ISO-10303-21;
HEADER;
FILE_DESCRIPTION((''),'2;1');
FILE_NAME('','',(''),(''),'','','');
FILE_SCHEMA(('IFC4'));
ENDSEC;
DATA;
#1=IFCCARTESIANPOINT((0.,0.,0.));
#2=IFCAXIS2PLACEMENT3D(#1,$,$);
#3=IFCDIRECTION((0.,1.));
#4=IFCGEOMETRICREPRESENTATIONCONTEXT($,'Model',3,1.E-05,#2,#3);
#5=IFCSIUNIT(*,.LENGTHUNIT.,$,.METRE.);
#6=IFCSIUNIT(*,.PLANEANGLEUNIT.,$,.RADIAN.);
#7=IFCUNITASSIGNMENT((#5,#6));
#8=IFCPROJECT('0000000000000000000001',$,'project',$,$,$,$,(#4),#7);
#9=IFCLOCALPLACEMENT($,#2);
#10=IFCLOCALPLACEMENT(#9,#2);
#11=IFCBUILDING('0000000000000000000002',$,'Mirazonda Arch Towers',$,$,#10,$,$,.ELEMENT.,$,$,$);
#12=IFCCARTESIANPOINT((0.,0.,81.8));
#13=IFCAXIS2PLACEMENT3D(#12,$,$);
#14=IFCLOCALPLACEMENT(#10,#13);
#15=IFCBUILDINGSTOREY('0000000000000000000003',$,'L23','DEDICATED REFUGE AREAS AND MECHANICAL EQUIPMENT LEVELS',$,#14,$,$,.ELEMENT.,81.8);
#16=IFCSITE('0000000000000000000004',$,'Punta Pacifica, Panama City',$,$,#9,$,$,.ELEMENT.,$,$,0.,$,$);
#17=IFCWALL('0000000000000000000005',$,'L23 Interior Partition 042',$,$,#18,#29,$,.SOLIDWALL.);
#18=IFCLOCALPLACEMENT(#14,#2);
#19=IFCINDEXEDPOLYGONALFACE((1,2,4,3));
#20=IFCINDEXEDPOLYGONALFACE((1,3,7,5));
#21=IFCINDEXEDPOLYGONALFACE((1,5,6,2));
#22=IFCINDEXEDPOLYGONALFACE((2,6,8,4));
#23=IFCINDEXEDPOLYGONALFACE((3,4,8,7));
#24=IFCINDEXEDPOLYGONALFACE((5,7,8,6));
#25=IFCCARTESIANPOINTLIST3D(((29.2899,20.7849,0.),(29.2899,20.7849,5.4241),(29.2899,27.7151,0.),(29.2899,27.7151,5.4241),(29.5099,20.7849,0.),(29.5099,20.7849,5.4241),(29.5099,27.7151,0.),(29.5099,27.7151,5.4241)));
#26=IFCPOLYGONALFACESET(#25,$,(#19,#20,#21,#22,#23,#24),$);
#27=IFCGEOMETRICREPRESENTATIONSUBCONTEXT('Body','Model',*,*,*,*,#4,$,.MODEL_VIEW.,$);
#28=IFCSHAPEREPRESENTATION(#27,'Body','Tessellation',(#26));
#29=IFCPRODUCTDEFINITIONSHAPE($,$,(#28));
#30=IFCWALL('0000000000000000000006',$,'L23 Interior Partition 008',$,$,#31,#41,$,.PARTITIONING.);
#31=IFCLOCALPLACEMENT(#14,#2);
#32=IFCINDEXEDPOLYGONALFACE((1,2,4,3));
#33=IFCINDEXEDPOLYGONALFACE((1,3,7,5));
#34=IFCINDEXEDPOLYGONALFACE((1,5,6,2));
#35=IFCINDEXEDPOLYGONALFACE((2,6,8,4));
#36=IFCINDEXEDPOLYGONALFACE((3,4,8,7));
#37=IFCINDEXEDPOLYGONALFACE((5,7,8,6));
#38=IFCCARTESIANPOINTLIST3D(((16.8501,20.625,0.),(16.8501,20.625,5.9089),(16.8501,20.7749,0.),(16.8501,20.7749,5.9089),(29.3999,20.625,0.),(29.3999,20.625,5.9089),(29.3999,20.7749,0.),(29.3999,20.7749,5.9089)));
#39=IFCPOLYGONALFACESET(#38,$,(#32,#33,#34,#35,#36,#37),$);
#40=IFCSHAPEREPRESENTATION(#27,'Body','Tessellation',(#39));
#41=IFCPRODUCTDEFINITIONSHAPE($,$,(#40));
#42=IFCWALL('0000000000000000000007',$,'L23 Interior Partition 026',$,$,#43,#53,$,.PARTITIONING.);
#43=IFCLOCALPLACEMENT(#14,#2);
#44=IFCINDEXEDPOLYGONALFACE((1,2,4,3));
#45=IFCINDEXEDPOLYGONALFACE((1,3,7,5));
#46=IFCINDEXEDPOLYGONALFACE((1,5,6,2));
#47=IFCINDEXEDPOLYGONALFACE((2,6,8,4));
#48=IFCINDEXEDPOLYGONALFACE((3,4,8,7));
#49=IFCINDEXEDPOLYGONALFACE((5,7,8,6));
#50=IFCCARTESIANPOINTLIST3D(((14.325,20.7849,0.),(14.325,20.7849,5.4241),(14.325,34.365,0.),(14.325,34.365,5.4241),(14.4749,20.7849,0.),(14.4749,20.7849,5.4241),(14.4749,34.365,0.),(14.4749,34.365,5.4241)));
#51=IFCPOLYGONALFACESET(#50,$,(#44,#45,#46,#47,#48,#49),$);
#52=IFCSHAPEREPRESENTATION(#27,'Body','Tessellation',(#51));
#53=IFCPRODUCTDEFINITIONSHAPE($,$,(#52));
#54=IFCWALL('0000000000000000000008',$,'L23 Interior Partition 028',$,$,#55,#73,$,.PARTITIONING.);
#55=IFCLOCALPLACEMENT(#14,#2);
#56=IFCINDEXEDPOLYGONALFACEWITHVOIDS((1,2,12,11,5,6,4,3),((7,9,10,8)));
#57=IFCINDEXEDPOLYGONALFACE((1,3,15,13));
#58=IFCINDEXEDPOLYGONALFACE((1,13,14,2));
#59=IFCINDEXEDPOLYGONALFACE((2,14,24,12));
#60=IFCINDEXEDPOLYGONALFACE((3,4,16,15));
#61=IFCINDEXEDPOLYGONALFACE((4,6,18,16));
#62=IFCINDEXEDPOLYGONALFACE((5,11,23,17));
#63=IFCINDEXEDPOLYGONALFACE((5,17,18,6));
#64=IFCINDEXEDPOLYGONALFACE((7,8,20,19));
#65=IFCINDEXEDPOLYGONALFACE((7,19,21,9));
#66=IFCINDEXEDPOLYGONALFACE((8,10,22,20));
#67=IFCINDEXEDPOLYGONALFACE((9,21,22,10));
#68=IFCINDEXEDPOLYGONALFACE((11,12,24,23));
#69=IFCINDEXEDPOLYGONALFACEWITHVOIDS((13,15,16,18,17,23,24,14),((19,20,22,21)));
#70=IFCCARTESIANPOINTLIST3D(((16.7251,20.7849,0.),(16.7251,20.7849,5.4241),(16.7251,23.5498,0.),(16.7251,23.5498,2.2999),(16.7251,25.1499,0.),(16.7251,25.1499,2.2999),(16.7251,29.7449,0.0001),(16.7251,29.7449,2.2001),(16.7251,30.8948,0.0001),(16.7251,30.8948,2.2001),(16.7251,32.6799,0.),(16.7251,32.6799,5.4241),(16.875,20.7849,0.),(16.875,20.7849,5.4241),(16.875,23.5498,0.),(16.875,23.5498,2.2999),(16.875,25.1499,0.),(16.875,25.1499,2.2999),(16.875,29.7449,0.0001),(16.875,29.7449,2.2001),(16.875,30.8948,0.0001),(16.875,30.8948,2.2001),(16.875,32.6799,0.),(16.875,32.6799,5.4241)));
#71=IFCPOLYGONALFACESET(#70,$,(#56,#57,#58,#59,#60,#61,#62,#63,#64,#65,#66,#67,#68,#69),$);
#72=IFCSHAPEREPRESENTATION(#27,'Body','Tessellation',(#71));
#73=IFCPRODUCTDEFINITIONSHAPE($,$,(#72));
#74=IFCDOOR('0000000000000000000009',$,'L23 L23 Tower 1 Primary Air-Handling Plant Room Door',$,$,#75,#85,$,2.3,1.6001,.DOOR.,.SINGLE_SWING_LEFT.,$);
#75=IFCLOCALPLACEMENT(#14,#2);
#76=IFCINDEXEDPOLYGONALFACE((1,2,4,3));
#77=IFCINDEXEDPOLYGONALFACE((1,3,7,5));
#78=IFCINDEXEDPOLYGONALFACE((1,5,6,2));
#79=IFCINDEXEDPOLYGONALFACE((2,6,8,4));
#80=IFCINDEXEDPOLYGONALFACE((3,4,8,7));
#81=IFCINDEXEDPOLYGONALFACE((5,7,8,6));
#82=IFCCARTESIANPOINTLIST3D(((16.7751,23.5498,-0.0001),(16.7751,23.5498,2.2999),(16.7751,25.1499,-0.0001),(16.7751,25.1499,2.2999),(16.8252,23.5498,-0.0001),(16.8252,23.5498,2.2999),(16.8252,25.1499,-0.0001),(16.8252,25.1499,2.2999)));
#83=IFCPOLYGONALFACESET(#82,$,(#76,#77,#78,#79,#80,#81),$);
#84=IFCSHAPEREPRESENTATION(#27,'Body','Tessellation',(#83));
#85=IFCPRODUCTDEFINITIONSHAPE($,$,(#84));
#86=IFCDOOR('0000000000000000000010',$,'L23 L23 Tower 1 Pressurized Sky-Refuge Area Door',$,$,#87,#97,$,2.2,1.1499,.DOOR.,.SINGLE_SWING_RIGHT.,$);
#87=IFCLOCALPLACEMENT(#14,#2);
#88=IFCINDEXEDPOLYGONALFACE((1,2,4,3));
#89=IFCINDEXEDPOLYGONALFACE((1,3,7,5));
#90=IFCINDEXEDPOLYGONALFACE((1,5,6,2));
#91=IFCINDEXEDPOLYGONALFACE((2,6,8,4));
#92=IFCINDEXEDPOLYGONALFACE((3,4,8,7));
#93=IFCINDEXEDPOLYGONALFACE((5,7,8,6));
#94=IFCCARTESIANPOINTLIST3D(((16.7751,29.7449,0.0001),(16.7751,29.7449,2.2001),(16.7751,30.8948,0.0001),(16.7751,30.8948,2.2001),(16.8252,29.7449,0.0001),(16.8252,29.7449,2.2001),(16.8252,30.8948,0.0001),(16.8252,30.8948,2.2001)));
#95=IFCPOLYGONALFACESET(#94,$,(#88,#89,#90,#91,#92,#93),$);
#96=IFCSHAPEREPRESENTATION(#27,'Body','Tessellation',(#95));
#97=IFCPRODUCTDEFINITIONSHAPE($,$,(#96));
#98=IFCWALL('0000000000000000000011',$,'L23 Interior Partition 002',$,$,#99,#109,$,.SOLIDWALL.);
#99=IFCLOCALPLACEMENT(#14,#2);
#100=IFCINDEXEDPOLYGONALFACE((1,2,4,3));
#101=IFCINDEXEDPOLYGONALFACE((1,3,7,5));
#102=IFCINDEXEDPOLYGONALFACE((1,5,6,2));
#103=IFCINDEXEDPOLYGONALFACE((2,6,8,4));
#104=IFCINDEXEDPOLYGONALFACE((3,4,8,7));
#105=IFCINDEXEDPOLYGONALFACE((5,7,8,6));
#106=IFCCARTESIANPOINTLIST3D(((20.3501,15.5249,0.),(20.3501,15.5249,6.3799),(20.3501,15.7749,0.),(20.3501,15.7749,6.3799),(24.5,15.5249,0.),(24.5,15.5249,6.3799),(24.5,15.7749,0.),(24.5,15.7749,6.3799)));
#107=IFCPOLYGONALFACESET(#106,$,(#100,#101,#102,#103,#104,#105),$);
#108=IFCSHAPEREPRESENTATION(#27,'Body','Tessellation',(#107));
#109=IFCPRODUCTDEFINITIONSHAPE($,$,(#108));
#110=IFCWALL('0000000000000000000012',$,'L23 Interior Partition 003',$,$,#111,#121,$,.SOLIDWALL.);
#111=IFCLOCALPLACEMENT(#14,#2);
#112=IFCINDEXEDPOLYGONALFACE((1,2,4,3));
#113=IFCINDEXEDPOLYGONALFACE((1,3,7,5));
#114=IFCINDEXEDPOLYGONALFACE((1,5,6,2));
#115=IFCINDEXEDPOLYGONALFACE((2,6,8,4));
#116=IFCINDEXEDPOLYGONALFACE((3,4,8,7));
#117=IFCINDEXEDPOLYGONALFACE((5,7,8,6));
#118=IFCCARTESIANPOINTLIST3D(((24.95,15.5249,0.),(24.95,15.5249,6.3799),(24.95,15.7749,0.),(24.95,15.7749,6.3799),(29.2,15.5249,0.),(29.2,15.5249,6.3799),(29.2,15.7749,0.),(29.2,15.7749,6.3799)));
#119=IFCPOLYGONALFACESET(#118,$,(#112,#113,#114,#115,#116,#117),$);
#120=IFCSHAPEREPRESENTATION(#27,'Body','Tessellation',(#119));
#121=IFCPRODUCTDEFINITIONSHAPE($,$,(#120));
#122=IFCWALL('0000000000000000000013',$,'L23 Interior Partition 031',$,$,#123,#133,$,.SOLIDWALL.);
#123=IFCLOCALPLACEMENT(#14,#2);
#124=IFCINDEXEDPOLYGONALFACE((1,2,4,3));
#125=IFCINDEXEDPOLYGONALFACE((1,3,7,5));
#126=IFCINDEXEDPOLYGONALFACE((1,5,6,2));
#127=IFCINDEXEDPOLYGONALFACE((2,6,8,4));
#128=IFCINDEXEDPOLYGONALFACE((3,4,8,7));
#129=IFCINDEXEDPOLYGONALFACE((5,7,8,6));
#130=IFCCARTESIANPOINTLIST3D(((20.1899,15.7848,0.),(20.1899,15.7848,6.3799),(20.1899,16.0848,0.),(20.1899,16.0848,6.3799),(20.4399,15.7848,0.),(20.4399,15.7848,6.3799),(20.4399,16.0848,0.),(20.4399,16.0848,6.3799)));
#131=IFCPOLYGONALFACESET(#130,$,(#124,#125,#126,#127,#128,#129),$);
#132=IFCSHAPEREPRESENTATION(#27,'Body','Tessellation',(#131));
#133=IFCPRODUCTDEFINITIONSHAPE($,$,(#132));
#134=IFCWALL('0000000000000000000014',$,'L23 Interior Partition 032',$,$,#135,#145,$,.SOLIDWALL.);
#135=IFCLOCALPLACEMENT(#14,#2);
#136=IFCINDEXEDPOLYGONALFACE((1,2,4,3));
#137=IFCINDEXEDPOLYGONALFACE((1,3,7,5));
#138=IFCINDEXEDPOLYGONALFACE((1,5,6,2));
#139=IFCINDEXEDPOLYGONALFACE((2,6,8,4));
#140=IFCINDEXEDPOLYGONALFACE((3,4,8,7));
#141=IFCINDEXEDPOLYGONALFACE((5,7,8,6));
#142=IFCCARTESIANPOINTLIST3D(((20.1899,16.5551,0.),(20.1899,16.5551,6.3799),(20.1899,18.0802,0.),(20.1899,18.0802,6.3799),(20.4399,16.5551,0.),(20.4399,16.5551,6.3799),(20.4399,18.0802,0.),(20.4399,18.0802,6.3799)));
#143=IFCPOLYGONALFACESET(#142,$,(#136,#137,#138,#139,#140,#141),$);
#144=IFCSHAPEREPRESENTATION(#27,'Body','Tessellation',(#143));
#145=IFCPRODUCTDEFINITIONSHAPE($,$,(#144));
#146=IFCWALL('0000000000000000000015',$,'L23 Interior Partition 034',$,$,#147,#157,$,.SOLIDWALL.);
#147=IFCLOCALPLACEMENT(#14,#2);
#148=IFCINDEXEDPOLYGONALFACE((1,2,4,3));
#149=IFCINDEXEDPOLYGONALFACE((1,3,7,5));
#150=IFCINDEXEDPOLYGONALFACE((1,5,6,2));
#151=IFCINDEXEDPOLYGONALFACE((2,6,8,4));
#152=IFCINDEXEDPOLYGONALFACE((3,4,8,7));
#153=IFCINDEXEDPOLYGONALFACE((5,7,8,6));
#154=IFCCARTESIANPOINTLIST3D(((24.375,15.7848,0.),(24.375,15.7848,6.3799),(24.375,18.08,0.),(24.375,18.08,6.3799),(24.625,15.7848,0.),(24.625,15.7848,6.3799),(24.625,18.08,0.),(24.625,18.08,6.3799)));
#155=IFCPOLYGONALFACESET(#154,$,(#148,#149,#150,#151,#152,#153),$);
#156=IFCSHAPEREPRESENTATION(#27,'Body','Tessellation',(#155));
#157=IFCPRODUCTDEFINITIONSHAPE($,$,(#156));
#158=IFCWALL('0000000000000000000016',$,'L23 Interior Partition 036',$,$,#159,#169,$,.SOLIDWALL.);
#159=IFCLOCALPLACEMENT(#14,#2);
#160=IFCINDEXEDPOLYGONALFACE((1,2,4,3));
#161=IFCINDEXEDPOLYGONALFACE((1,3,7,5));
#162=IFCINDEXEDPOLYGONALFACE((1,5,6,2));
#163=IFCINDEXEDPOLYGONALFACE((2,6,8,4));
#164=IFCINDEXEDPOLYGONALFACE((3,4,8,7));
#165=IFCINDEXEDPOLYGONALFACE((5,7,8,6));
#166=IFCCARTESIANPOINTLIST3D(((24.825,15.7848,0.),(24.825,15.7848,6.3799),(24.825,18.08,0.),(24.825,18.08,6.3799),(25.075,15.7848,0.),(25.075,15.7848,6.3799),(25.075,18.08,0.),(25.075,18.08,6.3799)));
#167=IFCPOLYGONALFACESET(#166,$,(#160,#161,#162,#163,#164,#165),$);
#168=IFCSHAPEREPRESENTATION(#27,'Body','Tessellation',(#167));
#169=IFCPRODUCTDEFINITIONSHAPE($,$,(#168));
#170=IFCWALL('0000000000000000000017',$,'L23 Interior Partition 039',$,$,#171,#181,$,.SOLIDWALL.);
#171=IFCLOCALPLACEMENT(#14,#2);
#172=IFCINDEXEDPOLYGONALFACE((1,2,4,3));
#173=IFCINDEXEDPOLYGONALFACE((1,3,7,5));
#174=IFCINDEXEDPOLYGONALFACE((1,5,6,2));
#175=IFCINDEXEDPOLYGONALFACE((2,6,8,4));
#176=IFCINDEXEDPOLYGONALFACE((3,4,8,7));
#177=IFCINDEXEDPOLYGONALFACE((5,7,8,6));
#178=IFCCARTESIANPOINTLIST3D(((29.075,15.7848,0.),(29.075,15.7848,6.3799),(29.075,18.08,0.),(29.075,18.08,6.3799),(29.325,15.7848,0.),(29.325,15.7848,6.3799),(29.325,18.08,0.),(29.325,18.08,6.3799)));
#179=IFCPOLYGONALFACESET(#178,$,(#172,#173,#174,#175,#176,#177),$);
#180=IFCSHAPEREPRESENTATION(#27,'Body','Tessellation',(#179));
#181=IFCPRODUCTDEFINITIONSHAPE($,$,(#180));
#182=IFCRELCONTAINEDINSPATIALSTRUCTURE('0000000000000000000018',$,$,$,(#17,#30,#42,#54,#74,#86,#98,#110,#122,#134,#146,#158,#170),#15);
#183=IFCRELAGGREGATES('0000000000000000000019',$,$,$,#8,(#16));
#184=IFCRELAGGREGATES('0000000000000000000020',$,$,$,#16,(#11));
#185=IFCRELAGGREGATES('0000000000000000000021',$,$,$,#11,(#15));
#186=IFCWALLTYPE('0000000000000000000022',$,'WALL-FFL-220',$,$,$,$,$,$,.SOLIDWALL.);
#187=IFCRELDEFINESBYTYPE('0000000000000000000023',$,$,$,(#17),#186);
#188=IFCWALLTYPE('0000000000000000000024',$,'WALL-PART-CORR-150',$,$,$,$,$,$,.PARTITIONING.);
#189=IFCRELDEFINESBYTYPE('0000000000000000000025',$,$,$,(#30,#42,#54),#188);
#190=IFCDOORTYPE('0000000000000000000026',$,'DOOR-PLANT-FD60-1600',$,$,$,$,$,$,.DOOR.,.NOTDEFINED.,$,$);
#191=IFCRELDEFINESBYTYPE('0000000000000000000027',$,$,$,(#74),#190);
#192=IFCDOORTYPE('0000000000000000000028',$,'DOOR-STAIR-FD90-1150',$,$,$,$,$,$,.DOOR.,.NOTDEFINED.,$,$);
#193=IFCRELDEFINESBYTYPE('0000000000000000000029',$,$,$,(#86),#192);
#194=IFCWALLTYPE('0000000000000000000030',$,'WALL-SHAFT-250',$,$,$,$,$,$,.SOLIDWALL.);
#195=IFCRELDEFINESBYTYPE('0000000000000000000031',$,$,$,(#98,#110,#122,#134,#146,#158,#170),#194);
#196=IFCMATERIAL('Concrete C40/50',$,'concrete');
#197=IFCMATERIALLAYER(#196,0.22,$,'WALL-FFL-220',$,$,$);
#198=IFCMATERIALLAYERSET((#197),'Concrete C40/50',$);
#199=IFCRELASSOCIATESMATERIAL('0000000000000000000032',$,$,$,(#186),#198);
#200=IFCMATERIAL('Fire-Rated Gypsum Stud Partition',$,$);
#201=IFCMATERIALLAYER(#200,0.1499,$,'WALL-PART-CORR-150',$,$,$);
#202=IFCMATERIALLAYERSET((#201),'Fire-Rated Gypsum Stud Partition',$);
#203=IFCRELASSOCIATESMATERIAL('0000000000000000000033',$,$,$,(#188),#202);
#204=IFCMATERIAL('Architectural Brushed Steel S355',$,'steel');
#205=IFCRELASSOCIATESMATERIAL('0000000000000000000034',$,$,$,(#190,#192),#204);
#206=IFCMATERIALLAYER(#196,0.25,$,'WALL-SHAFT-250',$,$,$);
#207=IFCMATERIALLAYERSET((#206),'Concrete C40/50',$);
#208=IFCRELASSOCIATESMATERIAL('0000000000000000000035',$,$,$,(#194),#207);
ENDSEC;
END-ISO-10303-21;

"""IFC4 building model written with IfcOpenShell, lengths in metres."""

from ifc_helpers import new_model, si_unit, direction, frame, frame_2d, origin, place, context, subcontext, project, spatial, rectangle, extrude, material, layer, layer_set, type_object, element, fill, save


model = new_model("IFC4")

# Units and contexts
model_context = context("Model", 3, precision=1e-05, world=origin(), true_north=direction((0.0, 1.0)))
body_context = subcontext(model_context, "Body", "Model", "MODEL_VIEW")
ifc_project = project(units=[si_unit("LENGTHUNIT", "METRE"), si_unit("PLANEANGLEUNIT", "RADIAN")], contexts=[model_context])

# Site, building, storey
site_placement = place(None, origin())
site = spatial("IfcSite", under=ifc_project, at=site_placement, Name="Punta Pacifica, Panama City", CompositionType="ELEMENT", RefElevation=0.0)
building_placement = place(site_placement, origin())
building = spatial("IfcBuilding", under=site, at=building_placement, Name="Mirazonda Arch Towers", CompositionType="ELEMENT")
storey_placement = place(building_placement, frame((0.0, 0.0, 81.8)))
storey = spatial("IfcBuildingStorey", under=building, at=storey_placement, Name="L23", Description="DEDICATED REFUGE AREAS AND MECHANICAL EQUIPMENT LEVELS", CompositionType="ELEMENT", Elevation=81.8)

# Walls
ifc_material_1 = material(Name="Concrete C40/50", Category="concrete")
ifc_layer_1 = layer(ifc_material_1, 0.22, Name="WALL-FFL-220")
ifc_layer_set_1 = layer_set([ifc_layer_1], Name="Concrete C40/50")
wall_type_1 = type_object("IfcWallType", Name="WALL-FFL-220", PredefinedType="SOLIDWALL", material=ifc_layer_set_1)
wall_1_placement = place(storey_placement, frame((29.3999, 20.7849, 0.0), z_axis=(0.0, 0.0, 1.0), x_axis=(0.0, 1.0, 0.0)))
element("IfcWall", 1, at=wall_1_placement, inside=storey, type_object=wall_type_1, Name="L23 Interior Partition 042", PredefinedType="SOLIDWALL", context=body_context, shape_type="SweptSolid", body=[
    extrude(rectangle(XDim=6.9302, YDim=0.22, at=frame_2d((3.4651, 0.0))), origin(), (0.0, 0.0, 1.0), 5.4241),
])
ifc_material_2 = material(Name="Fire-Rated Gypsum Stud Partition")
ifc_layer_2 = layer(ifc_material_2, 0.1499, Name="WALL-PART-CORR-150")
ifc_layer_set_2 = layer_set([ifc_layer_2], Name="Fire-Rated Gypsum Stud Partition")
wall_type_2 = type_object("IfcWallType", Name="WALL-PART-CORR-150", PredefinedType="PARTITIONING", material=ifc_layer_set_2)
wall_2_placement = place(storey_placement, frame((16.8501, 20.7, 0.0), z_axis=(0.0, 0.0, 1.0), x_axis=(1.0, 0.0, 0.0)))
element("IfcWall", 2, at=wall_2_placement, inside=storey, type_object=wall_type_2, Name="L23 Interior Partition 008", PredefinedType="PARTITIONING", context=body_context, shape_type="SweptSolid", body=[
    extrude(rectangle(XDim=12.5498, YDim=0.1499, at=frame_2d((6.2749, 0.0))), origin(), (0.0, 0.0, 1.0), 5.9089),
])
wall_3_placement = place(storey_placement, frame((14.3999, 20.7849, 0.0), z_axis=(0.0, 0.0, 1.0), x_axis=(0.0, 1.0, 0.0)))
element("IfcWall", 3, at=wall_3_placement, inside=storey, type_object=wall_type_2, Name="L23 Interior Partition 026", PredefinedType="PARTITIONING", context=body_context, shape_type="SweptSolid", body=[
    extrude(rectangle(XDim=13.5801, YDim=0.1499, at=frame_2d((6.79, 0.0))), origin(), (0.0, 0.0, 1.0), 5.4241),
])

# Wall, openings, doors
wall_4_placement = place(storey_placement, frame((16.8, 20.7849, 0.0), z_axis=(0.0, 0.0, 1.0), x_axis=(0.0, 1.0, 0.0)))
wall_4 = element("IfcWall", 4, at=wall_4_placement, inside=storey, type_object=wall_type_2, Name="L23 Interior Partition 028", PredefinedType="PARTITIONING", context=body_context, shape_type="SweptSolid", body=[
    extrude(rectangle(XDim=11.895, YDim=0.1499, at=frame_2d((5.9475, 0.0))), origin(), (0.0, 0.0, 1.0), 5.4241),
])
opening_1_placement = place(wall_4_placement, frame((8.96, 0.0, 0.0)))
opening_1 = element("IfcOpeningElement", 5, at=opening_1_placement, cuts=wall_4, PredefinedType="OPENING", context=body_context, shape_type="SweptSolid", body=[
    extrude(rectangle(XDim=1.1499, YDim=2.2, at=frame_2d((0.575, 1.1001))), frame((0.0, 0.085, 0.0), z_axis=(0.0, -1.0, 0.0), x_axis=(1.0, 0.0, 0.0)), (0.0, 0.0, 1.0), 0.1699),
])
opening_2_placement = place(wall_4_placement, frame((2.7649, 0.0, 0.0)))
opening_2 = element("IfcOpeningElement", 6, at=opening_2_placement, cuts=wall_4, PredefinedType="OPENING", context=body_context, shape_type="SweptSolid", body=[
    extrude(rectangle(XDim=1.6001, YDim=2.3, at=frame_2d((0.8, 1.1499))), frame((0.0, 0.085, 0.0), z_axis=(0.0, -1.0, 0.0), x_axis=(1.0, 0.0, 0.0)), (0.0, 0.0, 1.0), 0.1699),
])
ifc_material_3 = material(Name="Architectural Brushed Steel S355", Category="steel")
door_type_1 = type_object("IfcDoorType", Name="DOOR-PLANT-FD60-1600", OperationType="NOTDEFINED", PredefinedType="DOOR", material=ifc_material_3)
door_1_placement = place(opening_2_placement, origin())
door_1 = element("IfcDoor", 7, at=door_1_placement, inside=storey, type_object=door_type_1, Name="L23 L23 Tower 1 Primary Air-Handling Plant Room Door", OperationType="SINGLE_SWING_LEFT", OverallHeight=2.3, OverallWidth=1.6001, PredefinedType="DOOR", context=body_context, shape_type="SweptSolid", body=[
    extrude(rectangle(XDim=1.6001, YDim=2.3, at=frame_2d((0.8, 1.1499))), frame((0.0, 0.0249, 0.0), z_axis=(0.0, -1.0, 0.0), x_axis=(1.0, 0.0, 0.0)), (0.0, 0.0, 1.0), 0.05),
])
fill(opening_2, door_1)
door_type_2 = type_object("IfcDoorType", Name="DOOR-STAIR-FD90-1150", OperationType="NOTDEFINED", PredefinedType="DOOR", material=ifc_material_3)
door_2_placement = place(opening_1_placement, origin())
door_2 = element("IfcDoor", 8, at=door_2_placement, inside=storey, type_object=door_type_2, Name="L23 L23 Tower 1 Pressurized Sky-Refuge Area Door", OperationType="SINGLE_SWING_RIGHT", OverallHeight=2.2, OverallWidth=1.1499, PredefinedType="DOOR", context=body_context, shape_type="SweptSolid", body=[
    extrude(rectangle(XDim=1.1499, YDim=2.2, at=frame_2d((0.575, 1.1001))), frame((0.0, 0.0249, 0.0), z_axis=(0.0, -1.0, 0.0), x_axis=(1.0, 0.0, 0.0)), (0.0, 0.0, 1.0), 0.05),
])
fill(opening_1, door_2)

# Walls
ifc_layer_3 = layer(ifc_material_1, 0.25, Name="WALL-SHAFT-250")
ifc_layer_set_3 = layer_set([ifc_layer_3], Name="Concrete C40/50")
wall_type_3 = type_object("IfcWallType", Name="WALL-SHAFT-250", PredefinedType="SOLIDWALL", material=ifc_layer_set_3)
wall_5_placement = place(storey_placement, frame((20.3501, 15.6499, 0.0), z_axis=(0.0, 0.0, 1.0), x_axis=(1.0, 0.0, 0.0)))
element("IfcWall", 9, at=wall_5_placement, inside=storey, type_object=wall_type_3, Name="L23 Interior Partition 002", PredefinedType="SOLIDWALL", context=body_context, shape_type="SweptSolid", body=[
    extrude(rectangle(XDim=4.1499, YDim=0.25, at=frame_2d((2.075, 0.0))), origin(), (0.0, 0.0, 1.0), 6.3799),
])
wall_6_placement = place(storey_placement, frame((24.95, 15.6499, 0.0), z_axis=(0.0, 0.0, 1.0), x_axis=(1.0, 0.0, 0.0)))
element("IfcWall", 10, at=wall_6_placement, inside=storey, type_object=wall_type_3, Name="L23 Interior Partition 003", PredefinedType="SOLIDWALL", context=body_context, shape_type="SweptSolid", body=[
    extrude(rectangle(XDim=4.25, YDim=0.25, at=frame_2d((2.125, 0.0))), origin(), (0.0, 0.0, 1.0), 6.3799),
])
wall_7_placement = place(storey_placement, frame((20.3149, 15.7849, 0.0), z_axis=(0.0, 0.0, 1.0), x_axis=(0.0, 1.0, 0.0)))
element("IfcWall", 11, at=wall_7_placement, inside=storey, type_object=wall_type_3, Name="L23 Interior Partition 031", PredefinedType="SOLIDWALL", context=body_context, shape_type="SweptSolid", body=[
    extrude(rectangle(XDim=0.3, YDim=0.25, at=frame_2d((0.1499, 0.0))), origin(), (0.0, 0.0, 1.0), 6.3799),
])
wall_8_placement = place(storey_placement, frame((20.3149, 16.5549, 0.0), z_axis=(0.0, 0.0, 1.0), x_axis=(0.0, 1.0, 0.0)))
element("IfcWall", 12, at=wall_8_placement, inside=storey, type_object=wall_type_3, Name="L23 Interior Partition 032", PredefinedType="SOLIDWALL", context=body_context, shape_type="SweptSolid", body=[
    extrude(rectangle(XDim=1.5251, YDim=0.25, at=frame_2d((0.7627, 0.0))), origin(), (0.0, 0.0, 1.0), 6.3799),
])
for number, where, z_axis, x_axis, name in (
    (13, (24.5, 15.7849, 0.0), (0.0, 0.0, 1.0), (0.0, 1.0, 0.0), "L23 Interior Partition 034"),
    (14, (24.95, 15.7849, 0.0), (0.0, 0.0, 1.0), (0.0, 1.0, 0.0), "L23 Interior Partition 036"),
    (15, (29.2, 15.7849, 0.0), (0.0, 0.0, 1.0), (0.0, 1.0, 0.0), "L23 Interior Partition 039"),
):
    element("IfcWall", number, at=place(storey_placement, frame(where, z_axis=z_axis, x_axis=x_axis)), inside=storey, type_object=wall_type_3, Name=name, PredefinedType="SOLIDWALL", context=body_context, shape_type="SweptSolid", body=[
        extrude(rectangle(XDim=2.2952, YDim=0.25, at=frame_2d((1.1475, 0.0))), origin(), (0.0, 0.0, 1.0), 6.3799),
    ])

save(model, "model.ifc")
